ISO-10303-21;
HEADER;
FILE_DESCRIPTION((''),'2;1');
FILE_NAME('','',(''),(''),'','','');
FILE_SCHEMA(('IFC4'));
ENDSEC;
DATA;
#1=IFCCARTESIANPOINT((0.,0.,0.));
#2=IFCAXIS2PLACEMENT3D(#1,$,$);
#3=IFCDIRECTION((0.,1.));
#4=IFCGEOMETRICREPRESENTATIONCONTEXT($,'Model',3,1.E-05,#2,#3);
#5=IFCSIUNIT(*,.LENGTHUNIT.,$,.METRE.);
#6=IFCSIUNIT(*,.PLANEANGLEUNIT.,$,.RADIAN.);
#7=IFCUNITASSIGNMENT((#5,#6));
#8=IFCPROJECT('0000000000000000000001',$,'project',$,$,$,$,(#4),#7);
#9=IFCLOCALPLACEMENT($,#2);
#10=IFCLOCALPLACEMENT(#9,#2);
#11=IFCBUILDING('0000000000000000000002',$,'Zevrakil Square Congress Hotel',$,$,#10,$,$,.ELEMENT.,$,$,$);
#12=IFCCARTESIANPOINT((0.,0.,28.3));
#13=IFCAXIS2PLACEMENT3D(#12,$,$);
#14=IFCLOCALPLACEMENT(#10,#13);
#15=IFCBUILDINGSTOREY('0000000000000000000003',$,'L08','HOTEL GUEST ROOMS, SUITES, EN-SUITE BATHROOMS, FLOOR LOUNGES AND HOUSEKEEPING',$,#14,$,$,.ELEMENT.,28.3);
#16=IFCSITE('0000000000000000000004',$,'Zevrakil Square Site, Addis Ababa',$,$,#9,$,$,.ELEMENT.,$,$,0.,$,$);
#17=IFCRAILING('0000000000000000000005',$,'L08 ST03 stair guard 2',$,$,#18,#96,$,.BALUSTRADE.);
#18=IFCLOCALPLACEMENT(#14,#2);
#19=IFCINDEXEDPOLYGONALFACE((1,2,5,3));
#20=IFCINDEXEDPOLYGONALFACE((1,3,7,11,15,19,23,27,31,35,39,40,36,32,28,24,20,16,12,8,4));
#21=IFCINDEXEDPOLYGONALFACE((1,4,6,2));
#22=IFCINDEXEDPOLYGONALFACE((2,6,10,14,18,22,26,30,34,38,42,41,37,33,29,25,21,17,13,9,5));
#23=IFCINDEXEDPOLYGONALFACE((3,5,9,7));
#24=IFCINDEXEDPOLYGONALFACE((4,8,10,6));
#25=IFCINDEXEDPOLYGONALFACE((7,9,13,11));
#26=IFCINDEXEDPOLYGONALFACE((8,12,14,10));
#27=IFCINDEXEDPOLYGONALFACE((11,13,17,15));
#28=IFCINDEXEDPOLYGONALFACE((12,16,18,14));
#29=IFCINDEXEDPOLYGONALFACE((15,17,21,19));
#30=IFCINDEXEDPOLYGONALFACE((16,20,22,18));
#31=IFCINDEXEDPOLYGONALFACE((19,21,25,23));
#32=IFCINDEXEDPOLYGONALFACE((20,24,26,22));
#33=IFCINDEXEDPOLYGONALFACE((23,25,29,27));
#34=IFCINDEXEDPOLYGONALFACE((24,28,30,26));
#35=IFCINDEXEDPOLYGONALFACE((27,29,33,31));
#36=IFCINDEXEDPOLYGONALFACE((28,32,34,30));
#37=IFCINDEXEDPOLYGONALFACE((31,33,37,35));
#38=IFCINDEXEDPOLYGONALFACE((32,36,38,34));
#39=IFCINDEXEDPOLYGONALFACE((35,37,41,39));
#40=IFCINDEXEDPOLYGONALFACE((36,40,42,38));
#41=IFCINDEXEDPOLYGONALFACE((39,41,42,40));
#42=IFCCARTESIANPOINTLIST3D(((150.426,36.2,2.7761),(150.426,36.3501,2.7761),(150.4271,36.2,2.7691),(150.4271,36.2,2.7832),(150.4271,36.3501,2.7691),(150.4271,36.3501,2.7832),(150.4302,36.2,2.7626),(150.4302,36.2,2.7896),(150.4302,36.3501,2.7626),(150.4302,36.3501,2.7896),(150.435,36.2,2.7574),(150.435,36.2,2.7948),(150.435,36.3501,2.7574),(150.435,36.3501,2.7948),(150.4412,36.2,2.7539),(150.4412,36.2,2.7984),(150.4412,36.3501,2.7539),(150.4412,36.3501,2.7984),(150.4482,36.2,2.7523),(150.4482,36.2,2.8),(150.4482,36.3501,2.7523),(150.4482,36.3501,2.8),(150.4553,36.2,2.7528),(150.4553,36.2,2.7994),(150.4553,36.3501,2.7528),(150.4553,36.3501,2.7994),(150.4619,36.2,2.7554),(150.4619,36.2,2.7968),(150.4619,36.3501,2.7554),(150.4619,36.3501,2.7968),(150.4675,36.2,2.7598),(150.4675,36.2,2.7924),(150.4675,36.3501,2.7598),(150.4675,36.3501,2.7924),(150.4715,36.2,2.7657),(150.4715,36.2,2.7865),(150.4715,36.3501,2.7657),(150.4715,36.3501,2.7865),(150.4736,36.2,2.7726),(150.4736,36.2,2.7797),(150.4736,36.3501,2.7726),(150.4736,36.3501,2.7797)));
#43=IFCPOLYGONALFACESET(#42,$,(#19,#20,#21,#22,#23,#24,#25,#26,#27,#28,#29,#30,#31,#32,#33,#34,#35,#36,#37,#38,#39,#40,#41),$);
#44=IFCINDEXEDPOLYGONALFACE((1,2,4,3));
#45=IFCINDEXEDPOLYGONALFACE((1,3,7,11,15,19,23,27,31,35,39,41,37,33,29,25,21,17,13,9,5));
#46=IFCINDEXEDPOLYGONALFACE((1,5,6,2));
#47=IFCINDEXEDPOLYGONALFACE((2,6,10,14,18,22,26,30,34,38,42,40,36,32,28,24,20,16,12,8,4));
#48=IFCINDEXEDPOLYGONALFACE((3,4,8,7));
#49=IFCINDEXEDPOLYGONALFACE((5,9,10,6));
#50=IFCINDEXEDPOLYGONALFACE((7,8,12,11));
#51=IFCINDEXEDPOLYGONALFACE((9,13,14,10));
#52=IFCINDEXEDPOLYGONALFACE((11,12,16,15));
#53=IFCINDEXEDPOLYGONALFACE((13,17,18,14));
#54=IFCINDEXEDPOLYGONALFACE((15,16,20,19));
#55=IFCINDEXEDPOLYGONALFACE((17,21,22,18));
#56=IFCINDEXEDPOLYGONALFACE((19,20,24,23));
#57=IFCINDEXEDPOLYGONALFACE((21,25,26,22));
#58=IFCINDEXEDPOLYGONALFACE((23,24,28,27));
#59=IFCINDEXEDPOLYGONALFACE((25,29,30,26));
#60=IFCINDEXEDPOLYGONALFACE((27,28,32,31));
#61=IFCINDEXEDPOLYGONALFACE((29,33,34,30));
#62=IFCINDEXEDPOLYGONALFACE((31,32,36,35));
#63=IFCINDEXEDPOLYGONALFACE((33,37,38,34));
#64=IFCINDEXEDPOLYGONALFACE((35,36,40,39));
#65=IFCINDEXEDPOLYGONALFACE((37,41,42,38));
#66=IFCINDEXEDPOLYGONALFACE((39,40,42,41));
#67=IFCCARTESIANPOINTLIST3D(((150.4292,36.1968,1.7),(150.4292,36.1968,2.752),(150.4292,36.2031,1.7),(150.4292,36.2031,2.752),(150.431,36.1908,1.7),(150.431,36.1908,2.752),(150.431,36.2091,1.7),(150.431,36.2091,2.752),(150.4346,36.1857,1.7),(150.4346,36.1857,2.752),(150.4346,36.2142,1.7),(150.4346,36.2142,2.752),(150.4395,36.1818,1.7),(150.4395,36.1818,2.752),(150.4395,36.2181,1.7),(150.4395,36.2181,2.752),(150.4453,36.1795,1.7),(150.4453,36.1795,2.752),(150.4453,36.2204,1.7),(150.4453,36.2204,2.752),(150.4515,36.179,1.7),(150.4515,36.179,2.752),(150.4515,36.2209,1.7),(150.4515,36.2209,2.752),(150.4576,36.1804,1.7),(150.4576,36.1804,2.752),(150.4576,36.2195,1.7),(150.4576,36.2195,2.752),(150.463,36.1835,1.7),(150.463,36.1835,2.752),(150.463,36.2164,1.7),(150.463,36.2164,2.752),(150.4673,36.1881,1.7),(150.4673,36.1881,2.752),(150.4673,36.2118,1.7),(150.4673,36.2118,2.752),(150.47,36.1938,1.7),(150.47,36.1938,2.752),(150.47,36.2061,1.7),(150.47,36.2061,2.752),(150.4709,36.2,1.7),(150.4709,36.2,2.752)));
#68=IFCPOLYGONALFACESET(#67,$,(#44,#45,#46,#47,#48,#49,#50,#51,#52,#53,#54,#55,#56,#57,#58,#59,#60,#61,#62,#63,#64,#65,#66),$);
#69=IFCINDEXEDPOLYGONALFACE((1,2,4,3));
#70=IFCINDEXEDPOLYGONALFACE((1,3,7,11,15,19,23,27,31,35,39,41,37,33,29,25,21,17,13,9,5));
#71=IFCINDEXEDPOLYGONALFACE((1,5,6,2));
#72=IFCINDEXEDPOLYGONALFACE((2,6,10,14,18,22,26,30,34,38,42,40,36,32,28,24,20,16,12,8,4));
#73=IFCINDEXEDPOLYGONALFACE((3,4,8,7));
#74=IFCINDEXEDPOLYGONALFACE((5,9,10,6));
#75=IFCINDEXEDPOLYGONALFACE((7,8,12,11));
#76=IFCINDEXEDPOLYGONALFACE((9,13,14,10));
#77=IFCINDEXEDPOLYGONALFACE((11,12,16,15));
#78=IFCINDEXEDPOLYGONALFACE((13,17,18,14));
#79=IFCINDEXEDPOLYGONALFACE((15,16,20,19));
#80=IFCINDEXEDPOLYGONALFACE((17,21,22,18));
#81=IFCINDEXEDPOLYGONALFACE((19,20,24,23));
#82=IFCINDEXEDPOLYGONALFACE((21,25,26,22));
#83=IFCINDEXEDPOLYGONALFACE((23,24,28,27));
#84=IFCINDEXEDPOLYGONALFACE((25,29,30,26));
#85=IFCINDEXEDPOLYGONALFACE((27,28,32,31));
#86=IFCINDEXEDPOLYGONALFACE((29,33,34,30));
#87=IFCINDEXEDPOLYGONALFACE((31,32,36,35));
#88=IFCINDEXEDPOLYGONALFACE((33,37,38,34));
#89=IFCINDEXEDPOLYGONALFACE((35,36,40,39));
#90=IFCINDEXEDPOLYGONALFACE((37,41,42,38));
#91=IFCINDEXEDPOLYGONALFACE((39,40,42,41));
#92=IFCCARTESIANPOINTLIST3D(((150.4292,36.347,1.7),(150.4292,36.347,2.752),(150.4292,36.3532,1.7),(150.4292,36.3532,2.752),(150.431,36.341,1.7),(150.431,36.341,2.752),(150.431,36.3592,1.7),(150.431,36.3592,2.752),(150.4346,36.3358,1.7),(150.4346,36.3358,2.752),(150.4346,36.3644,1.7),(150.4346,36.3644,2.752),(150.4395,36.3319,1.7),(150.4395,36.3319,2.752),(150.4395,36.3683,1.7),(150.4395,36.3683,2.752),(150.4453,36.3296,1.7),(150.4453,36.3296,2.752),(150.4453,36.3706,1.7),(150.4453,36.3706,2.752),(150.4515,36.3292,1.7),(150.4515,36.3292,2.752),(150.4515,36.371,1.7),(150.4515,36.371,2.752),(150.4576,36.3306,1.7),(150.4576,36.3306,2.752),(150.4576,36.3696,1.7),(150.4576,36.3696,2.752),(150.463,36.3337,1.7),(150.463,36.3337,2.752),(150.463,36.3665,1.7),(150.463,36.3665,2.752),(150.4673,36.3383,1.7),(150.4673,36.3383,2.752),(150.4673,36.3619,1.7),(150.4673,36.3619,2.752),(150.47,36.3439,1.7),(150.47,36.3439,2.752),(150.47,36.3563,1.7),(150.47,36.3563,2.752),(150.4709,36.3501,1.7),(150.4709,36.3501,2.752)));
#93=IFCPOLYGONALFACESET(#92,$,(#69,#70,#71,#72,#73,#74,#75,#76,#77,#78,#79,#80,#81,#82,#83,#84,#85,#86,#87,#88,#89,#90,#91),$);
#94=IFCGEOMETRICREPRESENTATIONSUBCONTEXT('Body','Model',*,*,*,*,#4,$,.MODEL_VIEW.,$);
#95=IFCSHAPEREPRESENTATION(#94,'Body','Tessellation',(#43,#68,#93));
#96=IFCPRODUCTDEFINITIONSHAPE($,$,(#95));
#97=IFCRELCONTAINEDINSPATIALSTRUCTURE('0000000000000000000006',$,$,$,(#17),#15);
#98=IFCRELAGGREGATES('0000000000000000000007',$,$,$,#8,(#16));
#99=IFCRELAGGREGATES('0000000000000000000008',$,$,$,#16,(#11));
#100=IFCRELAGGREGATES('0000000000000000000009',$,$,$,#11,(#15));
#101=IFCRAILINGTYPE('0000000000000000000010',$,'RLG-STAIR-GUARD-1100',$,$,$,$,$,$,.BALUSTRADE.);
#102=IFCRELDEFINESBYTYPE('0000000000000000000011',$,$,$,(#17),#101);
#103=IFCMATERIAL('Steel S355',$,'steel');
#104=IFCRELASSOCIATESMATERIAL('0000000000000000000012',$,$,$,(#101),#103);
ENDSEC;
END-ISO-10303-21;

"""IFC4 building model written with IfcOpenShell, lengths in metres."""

from ifc_helpers import new_model, si_unit, direction, frame, origin, origin_2d, place, context, subcontext, project, spatial, circle, extrude, material, type_object, element, save


model = new_model("IFC4")

# Units and contexts
model_context = context("Model", 3, precision=1e-05, world=origin(), true_north=direction((0.0, 1.0)))
body_context = subcontext(model_context, "Body", "Model", "MODEL_VIEW")
ifc_project = project(units=[si_unit("LENGTHUNIT", "METRE"), si_unit("PLANEANGLEUNIT", "RADIAN")], contexts=[model_context])

# Site, building, storey
site_placement = place(None, origin())
site = spatial("IfcSite", under=ifc_project, at=site_placement, Name="Zevrakil Square Site, Addis Ababa", CompositionType="ELEMENT", RefElevation=0.0)
building_placement = place(site_placement, origin())
building = spatial("IfcBuilding", under=site, at=building_placement, Name="Zevrakil Square Congress Hotel", CompositionType="ELEMENT")
storey_placement = place(building_placement, frame((0.0, 0.0, 28.3)))
storey = spatial("IfcBuildingStorey", under=building, at=storey_placement, Name="L08", Description="HOTEL GUEST ROOMS, SUITES, EN-SUITE BATHROOMS, FLOOR LOUNGES AND HOUSEKEEPING", CompositionType="ELEMENT", Elevation=28.3)

# Railing
ifc_material_1 = material(Name="Steel S355", Category="steel")
railing_type_1 = type_object("IfcRailingType", Name="RLG-STAIR-GUARD-1100", PredefinedType="BALUSTRADE", material=ifc_material_1)
railing_1_placement = place(storey_placement, frame((150.45, 36.2, 1.7)))
element("IfcRailing", 1, at=railing_1_placement, inside=storey, type_object=railing_type_1, Name="L08 ST03 stair guard 2", PredefinedType="BALUSTRADE", context=body_context, shape_type="SweptSolid", body=[
    extrude(circle(Radius=0.0239, at=origin_2d()), frame((0.0, 0.0, 1.0762), z_axis=(0.0, 1.0, 0.0), x_axis=(-1.0, 0.0, 0.0)), (0.0, 0.0, 1.0), 0.1501),
    extrude(circle(Radius=0.021, at=origin_2d()), origin(), (0.0, 0.0, 1.0), 1.052),
    extrude(circle(Radius=0.021, at=origin_2d()), frame((0.0, 0.1501, 0.0)), (0.0, 0.0, 1.0), 1.052),
])

save(model, "model.ifc")
